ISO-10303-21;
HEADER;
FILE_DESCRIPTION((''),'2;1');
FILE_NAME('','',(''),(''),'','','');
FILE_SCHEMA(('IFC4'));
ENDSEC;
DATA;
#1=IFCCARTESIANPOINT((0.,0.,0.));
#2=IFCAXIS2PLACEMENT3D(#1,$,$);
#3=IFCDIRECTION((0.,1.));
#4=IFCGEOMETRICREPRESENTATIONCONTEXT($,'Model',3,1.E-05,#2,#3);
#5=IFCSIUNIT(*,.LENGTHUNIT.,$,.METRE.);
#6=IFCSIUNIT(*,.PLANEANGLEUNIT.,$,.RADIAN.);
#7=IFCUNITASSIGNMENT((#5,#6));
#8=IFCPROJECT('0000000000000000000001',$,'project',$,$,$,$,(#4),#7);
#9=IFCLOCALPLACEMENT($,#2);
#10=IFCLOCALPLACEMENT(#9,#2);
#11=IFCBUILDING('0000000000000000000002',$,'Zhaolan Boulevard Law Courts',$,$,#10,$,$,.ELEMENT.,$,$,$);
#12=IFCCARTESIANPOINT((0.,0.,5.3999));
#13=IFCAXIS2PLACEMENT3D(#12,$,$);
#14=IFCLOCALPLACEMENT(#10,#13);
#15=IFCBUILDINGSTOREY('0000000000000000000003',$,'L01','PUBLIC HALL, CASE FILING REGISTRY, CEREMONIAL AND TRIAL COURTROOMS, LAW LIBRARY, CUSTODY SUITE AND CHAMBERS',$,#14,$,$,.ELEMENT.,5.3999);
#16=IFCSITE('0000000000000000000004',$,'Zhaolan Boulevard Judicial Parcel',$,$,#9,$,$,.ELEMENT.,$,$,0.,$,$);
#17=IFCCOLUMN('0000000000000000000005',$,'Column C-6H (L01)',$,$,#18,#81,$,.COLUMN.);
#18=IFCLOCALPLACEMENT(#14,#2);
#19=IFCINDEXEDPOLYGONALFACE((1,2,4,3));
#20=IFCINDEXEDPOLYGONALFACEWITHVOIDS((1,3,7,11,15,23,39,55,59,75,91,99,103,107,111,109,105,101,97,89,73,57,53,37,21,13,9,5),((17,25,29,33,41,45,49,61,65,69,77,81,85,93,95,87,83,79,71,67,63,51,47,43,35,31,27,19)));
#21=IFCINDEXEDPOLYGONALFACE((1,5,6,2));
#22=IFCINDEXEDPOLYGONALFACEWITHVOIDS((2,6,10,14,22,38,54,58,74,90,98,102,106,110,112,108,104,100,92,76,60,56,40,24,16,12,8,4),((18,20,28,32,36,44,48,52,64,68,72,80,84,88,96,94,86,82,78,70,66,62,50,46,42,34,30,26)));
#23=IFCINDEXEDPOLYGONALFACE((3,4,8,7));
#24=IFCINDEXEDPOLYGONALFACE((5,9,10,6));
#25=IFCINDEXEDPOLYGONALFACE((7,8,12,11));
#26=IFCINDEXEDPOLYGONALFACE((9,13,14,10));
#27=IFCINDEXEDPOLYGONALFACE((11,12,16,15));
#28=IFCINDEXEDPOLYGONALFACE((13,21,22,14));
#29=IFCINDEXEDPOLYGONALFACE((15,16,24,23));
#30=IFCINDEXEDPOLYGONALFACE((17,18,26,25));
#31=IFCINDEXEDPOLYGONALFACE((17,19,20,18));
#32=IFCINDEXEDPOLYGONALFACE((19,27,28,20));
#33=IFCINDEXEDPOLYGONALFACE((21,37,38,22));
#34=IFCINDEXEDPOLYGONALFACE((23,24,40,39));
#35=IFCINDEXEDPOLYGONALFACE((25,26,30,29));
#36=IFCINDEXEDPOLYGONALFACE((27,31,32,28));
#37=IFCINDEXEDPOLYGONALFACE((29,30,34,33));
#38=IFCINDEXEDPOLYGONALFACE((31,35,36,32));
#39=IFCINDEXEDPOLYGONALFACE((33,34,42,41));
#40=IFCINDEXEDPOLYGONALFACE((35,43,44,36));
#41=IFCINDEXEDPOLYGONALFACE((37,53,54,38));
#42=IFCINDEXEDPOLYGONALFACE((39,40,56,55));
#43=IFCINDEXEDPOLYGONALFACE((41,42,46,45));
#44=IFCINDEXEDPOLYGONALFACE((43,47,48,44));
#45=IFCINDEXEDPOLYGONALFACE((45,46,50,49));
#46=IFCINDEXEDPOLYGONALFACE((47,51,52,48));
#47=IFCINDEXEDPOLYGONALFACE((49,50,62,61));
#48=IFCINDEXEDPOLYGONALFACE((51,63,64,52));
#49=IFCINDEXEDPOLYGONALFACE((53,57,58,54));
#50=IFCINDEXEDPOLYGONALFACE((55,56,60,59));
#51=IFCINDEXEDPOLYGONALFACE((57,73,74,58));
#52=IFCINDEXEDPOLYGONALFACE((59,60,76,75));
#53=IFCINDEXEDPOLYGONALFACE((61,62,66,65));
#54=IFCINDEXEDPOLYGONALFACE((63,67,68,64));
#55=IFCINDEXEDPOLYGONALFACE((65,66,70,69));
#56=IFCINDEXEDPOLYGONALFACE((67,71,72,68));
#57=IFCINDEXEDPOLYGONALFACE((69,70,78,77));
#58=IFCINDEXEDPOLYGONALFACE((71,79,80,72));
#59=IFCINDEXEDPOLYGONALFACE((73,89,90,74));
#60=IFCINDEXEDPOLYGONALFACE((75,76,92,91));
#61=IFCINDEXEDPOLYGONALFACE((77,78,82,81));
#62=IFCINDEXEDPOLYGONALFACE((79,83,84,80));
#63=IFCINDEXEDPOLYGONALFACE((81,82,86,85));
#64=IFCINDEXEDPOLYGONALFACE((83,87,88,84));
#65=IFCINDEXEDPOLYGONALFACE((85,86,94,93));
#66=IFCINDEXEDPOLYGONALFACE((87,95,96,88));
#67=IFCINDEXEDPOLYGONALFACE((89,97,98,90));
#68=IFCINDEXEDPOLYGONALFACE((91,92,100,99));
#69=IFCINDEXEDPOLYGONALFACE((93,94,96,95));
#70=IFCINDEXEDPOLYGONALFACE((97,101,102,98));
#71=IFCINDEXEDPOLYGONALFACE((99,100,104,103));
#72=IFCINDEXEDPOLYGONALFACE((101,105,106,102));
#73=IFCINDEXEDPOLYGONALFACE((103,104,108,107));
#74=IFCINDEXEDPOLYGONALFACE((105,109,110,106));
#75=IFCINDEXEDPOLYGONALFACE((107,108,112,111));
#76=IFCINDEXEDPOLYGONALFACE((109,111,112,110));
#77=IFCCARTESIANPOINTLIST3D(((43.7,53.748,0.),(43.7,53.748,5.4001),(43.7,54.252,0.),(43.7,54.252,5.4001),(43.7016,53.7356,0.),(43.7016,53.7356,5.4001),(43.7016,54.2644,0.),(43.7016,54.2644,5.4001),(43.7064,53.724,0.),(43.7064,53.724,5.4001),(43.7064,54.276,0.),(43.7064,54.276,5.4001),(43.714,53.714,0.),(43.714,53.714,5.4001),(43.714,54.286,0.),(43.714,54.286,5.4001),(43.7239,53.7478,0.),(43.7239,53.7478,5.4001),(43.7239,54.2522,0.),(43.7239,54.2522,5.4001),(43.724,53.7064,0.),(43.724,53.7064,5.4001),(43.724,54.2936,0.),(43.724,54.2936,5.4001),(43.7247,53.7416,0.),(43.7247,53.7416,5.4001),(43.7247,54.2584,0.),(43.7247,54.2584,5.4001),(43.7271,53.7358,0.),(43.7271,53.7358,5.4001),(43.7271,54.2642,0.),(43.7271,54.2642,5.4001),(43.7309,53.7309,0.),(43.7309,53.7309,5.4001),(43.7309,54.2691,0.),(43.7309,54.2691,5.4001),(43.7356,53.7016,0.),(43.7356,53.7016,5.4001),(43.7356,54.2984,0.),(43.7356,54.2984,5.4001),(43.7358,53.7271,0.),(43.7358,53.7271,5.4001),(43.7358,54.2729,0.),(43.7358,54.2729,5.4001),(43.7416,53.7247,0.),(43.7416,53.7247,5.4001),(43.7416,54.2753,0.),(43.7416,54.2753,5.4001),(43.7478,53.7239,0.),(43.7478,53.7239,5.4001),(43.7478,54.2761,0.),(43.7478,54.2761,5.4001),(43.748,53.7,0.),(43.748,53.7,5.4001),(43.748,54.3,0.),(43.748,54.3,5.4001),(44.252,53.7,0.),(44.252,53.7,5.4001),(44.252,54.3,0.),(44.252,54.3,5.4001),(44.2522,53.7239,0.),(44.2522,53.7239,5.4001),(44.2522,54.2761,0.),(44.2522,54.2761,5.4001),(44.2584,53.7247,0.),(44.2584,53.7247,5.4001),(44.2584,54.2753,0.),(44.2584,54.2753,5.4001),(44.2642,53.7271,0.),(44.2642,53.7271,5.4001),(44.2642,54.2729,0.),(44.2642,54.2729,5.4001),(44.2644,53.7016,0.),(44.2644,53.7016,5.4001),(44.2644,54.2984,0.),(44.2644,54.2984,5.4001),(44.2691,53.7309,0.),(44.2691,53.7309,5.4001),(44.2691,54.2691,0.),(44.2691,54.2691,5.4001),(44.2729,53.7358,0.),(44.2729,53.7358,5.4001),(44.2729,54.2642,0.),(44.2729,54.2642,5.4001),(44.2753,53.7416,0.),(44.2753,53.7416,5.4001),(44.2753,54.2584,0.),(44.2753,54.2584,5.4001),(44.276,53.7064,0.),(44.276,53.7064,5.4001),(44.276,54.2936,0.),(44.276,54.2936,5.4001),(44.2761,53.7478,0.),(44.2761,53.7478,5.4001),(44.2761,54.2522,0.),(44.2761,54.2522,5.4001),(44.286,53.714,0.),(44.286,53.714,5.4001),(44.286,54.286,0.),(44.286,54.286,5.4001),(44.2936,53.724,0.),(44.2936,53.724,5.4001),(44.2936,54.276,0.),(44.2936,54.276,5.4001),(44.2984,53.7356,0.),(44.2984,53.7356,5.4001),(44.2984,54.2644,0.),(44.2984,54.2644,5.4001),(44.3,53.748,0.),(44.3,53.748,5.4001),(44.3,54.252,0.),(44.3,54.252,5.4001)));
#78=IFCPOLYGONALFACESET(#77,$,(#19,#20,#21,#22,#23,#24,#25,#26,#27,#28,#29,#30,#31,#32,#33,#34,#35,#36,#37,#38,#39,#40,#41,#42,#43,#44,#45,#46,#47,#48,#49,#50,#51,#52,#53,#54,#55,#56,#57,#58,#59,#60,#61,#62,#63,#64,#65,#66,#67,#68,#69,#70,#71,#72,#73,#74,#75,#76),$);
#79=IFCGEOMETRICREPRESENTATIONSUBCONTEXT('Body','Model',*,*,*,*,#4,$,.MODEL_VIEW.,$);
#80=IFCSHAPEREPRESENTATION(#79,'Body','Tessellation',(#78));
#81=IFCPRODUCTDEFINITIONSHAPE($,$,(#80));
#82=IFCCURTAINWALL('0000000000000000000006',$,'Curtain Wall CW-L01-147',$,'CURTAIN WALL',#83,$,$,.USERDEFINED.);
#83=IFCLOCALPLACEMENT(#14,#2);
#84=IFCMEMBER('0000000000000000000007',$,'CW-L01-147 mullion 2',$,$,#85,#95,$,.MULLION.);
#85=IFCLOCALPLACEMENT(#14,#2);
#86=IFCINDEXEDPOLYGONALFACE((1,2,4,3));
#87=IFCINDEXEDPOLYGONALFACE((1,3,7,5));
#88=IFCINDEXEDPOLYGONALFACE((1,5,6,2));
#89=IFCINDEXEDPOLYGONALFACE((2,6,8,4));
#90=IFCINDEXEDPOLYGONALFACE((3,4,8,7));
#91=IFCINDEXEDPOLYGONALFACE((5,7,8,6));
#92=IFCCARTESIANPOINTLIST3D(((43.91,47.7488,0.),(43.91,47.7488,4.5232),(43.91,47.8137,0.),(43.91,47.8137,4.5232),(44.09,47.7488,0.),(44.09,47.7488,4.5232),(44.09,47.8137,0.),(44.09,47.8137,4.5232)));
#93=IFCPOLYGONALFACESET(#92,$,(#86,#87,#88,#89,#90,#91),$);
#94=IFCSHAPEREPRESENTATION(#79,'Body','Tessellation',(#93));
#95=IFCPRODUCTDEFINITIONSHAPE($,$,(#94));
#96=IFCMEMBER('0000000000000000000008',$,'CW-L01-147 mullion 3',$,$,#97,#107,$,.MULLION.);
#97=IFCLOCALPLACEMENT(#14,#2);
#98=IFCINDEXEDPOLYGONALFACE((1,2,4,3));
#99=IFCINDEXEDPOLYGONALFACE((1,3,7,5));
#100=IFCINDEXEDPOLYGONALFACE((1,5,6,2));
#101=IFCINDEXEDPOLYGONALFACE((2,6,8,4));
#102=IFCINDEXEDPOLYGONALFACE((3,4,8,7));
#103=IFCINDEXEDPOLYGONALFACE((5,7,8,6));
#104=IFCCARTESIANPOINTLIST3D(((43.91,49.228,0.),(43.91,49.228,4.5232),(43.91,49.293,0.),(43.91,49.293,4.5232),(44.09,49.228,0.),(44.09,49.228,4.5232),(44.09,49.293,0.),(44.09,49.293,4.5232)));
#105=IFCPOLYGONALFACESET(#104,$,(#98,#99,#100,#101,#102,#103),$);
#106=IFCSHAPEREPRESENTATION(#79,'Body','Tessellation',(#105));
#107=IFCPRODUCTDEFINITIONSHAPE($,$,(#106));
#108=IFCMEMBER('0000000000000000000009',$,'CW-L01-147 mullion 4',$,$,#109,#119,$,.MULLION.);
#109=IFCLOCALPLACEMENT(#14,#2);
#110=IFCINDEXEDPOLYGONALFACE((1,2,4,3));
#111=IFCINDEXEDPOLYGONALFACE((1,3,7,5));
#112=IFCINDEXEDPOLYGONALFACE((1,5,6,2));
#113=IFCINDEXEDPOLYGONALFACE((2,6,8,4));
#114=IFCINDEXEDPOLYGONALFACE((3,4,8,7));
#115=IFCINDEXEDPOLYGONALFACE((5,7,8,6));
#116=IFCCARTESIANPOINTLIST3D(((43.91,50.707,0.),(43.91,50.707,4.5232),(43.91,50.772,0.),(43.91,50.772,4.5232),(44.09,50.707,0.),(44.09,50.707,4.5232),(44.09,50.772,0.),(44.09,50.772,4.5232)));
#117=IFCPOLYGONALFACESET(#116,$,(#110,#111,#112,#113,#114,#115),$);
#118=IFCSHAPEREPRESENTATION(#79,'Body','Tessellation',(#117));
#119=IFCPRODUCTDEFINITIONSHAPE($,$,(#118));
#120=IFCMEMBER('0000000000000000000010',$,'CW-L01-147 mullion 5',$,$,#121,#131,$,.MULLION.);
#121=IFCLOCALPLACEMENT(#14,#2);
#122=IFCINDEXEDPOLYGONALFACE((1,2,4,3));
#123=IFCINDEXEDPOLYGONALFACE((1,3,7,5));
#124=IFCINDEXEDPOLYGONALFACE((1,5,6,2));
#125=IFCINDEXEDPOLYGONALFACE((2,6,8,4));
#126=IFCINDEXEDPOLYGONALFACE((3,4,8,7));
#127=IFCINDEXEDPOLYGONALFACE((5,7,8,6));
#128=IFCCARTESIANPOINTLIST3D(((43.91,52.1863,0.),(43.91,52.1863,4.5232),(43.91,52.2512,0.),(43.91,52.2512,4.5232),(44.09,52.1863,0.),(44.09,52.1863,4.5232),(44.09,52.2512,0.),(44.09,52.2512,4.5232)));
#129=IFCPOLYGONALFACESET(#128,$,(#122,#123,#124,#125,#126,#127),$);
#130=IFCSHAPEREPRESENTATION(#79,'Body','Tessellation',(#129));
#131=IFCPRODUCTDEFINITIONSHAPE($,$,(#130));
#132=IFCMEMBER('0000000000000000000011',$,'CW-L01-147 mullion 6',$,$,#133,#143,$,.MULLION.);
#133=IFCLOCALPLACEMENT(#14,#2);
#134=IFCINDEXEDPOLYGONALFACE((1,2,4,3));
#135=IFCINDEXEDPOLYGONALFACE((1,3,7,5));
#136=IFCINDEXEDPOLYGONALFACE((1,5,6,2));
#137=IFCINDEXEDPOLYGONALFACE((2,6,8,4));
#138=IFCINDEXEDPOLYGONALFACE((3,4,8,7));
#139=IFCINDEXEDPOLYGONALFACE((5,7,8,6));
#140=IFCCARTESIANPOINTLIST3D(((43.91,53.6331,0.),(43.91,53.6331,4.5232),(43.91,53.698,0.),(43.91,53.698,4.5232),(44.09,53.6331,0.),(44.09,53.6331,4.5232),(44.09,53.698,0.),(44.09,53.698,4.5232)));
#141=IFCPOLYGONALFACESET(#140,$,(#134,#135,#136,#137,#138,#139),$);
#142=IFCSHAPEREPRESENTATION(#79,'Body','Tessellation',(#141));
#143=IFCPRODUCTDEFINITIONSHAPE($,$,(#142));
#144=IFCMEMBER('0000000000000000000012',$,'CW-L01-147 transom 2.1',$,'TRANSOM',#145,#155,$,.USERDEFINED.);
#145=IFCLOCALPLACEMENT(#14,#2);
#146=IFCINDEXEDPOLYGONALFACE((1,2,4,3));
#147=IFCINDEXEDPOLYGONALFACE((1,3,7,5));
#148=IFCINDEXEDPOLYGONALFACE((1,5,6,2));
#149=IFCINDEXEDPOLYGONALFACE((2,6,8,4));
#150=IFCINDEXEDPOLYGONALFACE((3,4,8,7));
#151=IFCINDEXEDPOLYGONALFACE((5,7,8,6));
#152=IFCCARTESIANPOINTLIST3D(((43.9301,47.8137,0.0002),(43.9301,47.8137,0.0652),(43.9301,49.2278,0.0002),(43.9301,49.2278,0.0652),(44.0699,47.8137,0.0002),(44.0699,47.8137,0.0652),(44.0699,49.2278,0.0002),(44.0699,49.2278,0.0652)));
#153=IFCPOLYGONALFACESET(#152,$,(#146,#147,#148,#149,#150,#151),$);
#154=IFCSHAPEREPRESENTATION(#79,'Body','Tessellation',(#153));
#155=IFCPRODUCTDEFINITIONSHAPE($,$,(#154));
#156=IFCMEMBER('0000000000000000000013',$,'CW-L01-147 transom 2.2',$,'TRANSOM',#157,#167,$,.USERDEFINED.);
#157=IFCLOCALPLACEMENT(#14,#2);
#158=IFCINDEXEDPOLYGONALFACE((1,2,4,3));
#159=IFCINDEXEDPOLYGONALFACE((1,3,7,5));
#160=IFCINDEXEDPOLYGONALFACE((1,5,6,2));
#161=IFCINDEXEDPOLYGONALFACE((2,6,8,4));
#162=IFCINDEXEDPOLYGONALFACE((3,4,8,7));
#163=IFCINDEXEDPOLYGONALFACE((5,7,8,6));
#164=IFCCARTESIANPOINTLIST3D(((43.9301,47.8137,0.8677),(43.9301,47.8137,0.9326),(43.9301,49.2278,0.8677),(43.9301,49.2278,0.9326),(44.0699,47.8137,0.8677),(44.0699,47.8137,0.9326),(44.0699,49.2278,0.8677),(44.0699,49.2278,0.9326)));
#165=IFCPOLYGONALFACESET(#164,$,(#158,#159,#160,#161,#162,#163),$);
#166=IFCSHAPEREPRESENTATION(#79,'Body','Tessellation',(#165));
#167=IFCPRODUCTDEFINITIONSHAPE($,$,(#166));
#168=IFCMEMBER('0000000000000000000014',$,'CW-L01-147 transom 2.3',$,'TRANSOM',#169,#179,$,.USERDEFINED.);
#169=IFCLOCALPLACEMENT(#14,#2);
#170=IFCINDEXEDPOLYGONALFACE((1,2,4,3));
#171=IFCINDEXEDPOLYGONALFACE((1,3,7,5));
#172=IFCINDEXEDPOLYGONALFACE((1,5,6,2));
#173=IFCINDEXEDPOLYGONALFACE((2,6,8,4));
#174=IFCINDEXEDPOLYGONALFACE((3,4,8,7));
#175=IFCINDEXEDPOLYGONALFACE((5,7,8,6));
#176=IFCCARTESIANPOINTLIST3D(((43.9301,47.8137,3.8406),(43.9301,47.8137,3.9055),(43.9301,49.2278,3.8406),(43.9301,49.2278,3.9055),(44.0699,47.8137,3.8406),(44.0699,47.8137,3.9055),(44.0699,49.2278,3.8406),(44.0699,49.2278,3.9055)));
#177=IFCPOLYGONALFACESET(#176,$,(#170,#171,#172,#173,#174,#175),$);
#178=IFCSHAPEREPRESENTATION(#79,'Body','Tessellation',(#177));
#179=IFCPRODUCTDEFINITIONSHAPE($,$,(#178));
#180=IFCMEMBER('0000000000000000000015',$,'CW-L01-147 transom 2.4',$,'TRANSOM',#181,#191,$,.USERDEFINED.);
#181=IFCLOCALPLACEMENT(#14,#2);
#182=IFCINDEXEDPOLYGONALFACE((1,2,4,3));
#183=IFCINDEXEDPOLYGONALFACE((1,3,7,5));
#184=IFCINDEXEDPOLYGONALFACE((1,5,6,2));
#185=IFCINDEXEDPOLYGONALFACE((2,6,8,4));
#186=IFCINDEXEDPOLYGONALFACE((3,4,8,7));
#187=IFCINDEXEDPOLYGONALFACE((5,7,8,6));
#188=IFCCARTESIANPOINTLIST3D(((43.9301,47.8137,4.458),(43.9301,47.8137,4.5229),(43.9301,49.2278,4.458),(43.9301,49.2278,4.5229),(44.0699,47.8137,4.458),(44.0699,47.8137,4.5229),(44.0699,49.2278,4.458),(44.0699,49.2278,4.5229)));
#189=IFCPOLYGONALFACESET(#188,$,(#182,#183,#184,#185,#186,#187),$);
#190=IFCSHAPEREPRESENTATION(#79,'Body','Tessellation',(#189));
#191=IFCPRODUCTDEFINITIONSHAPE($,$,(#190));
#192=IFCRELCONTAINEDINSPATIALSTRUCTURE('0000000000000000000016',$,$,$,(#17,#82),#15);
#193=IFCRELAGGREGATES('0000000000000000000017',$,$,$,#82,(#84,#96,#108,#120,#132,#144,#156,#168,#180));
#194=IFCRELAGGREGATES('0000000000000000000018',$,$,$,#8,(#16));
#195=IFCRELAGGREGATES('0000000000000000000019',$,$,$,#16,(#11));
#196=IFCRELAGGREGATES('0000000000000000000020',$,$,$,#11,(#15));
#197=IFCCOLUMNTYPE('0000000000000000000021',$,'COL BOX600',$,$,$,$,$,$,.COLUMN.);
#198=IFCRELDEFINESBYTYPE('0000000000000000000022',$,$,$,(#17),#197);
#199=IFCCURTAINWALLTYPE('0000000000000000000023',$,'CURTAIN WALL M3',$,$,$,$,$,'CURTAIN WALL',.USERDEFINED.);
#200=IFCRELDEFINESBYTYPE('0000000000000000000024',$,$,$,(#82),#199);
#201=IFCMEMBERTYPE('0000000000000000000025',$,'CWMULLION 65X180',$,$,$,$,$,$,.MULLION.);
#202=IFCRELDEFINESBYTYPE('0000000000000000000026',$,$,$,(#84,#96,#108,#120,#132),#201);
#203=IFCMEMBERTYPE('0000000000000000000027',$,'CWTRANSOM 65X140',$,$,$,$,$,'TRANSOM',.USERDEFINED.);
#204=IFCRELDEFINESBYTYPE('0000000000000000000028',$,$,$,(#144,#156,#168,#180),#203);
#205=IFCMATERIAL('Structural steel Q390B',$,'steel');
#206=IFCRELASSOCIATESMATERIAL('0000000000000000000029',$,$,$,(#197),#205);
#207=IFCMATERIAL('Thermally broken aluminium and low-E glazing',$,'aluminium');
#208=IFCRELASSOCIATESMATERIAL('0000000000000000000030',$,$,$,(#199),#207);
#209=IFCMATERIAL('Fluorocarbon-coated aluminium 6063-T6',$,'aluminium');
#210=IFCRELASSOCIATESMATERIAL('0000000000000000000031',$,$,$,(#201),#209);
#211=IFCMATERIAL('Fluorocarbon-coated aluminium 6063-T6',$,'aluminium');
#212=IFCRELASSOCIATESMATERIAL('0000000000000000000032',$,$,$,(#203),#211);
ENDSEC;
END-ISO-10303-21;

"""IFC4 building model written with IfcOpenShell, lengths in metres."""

from ifc_helpers import new_model, si_unit, direction, frame, origin, origin_2d, place, context, subcontext, project, spatial, rectangle, hollow_rectangle, extrude, material, material_profile, profile_set, type_object, element, aggregate, save


model = new_model("IFC4")

# Units and contexts
model_context = context("Model", 3, precision=1e-05, world=origin(), true_north=direction((0.0, 1.0)))
body_context = subcontext(model_context, "Body", "Model", "MODEL_VIEW")
ifc_project = project(units=[si_unit("LENGTHUNIT", "METRE"), si_unit("PLANEANGLEUNIT", "RADIAN")], contexts=[model_context])

# Site, building, storey
site_placement = place(None, origin())
site = spatial("IfcSite", under=ifc_project, at=site_placement, Name="Zhaolan Boulevard Judicial Parcel", CompositionType="ELEMENT", RefElevation=0.0)
building_placement = place(site_placement, origin())
building = spatial("IfcBuilding", under=site, at=building_placement, Name="Zhaolan Boulevard Law Courts", CompositionType="ELEMENT")
storey_placement = place(building_placement, frame((0.0, 0.0, 5.3999)))
storey = spatial("IfcBuildingStorey", under=building, at=storey_placement, Name="L01", Description="PUBLIC HALL, CASE FILING REGISTRY, CEREMONIAL AND TRIAL COURTROOMS, LAW LIBRARY, CUSTODY SUITE AND CHAMBERS", CompositionType="ELEMENT", Elevation=5.3999)

# Column
ifc_material_1 = material(Name="Structural steel Q390B", Category="steel")
ifc_material_profile_1 = material_profile(ifc_material_1, hollow_rectangle(XDim=0.6001, YDim=0.6001, WallThickness=0.0239, InnerFilletRadius=0.0239, OuterFilletRadius=0.0481, at=origin_2d()), Name="BOX600x600x24")
ifc_profile_set_1 = profile_set([ifc_material_profile_1], Name="Structural steel Q390B")
column_type = type_object("IfcColumnType", Name="COL BOX600", PredefinedType="COLUMN", material=ifc_profile_set_1)
column_placement = place(storey_placement, frame((44.0, 54.0, 0.0), z_axis=(0.0, 0.0, 1.0), x_axis=(1.0, 0.0, 0.0)))
element("IfcColumn", 1, at=column_placement, inside=storey, type_object=column_type, Name="Column C-6H (L01)", PredefinedType="COLUMN", context=body_context, shape_type="SweptSolid", body=[
    extrude(hollow_rectangle(XDim=0.6001, YDim=0.6001, WallThickness=0.0239, InnerFilletRadius=0.0239, OuterFilletRadius=0.0481, at=origin_2d()), origin(), (0.0, 0.0, 1.0), 5.4001),
])

# Curtain wall, members
ifc_material_2 = material(Name="Thermally broken aluminium and low-E glazing", Category="aluminium")
curtain_wall_type = type_object("IfcCurtainWallType", Name="CURTAIN WALL M3", ElementType="CURTAIN WALL", PredefinedType="USERDEFINED", material=ifc_material_2)
curtain_wall_placement = place(storey_placement, origin())
curtain_wall = element("IfcCurtainWall", 2, at=curtain_wall_placement, inside=storey, type_object=curtain_wall_type, Name="Curtain Wall CW-L01-147", ObjectType="CURTAIN WALL", PredefinedType="USERDEFINED")
ifc_material_3 = material(Name="Fluorocarbon-coated aluminium 6063-T6", Category="aluminium")
ifc_material_profile_2 = material_profile(ifc_material_3, rectangle(XDim=0.1799, YDim=0.0649, at=origin_2d()), Name="AL65x180")
ifc_profile_set_2 = profile_set([ifc_material_profile_2], Name="Fluorocarbon-coated aluminium 6063-T6")
member_type_1 = type_object("IfcMemberType", Name="CWMULLION 65X180", PredefinedType="MULLION", material=ifc_profile_set_2)
member_1_placement = place(storey_placement, frame((44.0, 47.7812, 0.0), z_axis=(0.0, 0.0, 1.0), x_axis=(-1.0, 0.0, 0.0)))
member_1 = element("IfcMember", 3, at=member_1_placement, type_object=member_type_1, Name="CW-L01-147 mullion 2", PredefinedType="MULLION", context=body_context, shape_type="SweptSolid", body=[
    extrude(rectangle(XDim=0.1799, YDim=0.0649, at=origin_2d()), origin(), (0.0, 0.0, 1.0), 4.5232),
])
member_2_placement = place(storey_placement, frame((44.0, 49.2605, 0.0), z_axis=(0.0, 0.0, 1.0), x_axis=(-1.0, 0.0, 0.0)))
member_2 = element("IfcMember", 4, at=member_2_placement, type_object=member_type_1, Name="CW-L01-147 mullion 3", PredefinedType="MULLION", context=body_context, shape_type="SweptSolid", body=[
    extrude(rectangle(XDim=0.1799, YDim=0.0649, at=origin_2d()), origin(), (0.0, 0.0, 1.0), 4.5232),
])
member_3_placement = place(storey_placement, frame((44.0, 50.7395, 0.0), z_axis=(0.0, 0.0, 1.0), x_axis=(-1.0, 0.0, 0.0)))
member_3 = element("IfcMember", 5, at=member_3_placement, type_object=member_type_1, Name="CW-L01-147 mullion 4", PredefinedType="MULLION", context=body_context, shape_type="SweptSolid", body=[
    extrude(rectangle(XDim=0.1799, YDim=0.0649, at=origin_2d()), origin(), (0.0, 0.0, 1.0), 4.5232),
])
member_4_placement = place(storey_placement, frame((44.0, 52.2188, 0.0), z_axis=(0.0, 0.0, 1.0), x_axis=(-1.0, 0.0, 0.0)))
member_4 = element("IfcMember", 6, at=member_4_placement, type_object=member_type_1, Name="CW-L01-147 mullion 5", PredefinedType="MULLION", context=body_context, shape_type="SweptSolid", body=[
    extrude(rectangle(XDim=0.1799, YDim=0.0649, at=origin_2d()), origin(), (0.0, 0.0, 1.0), 4.5232),
])
member_5_placement = place(storey_placement, frame((44.0, 53.6655, 0.0), z_axis=(0.0, 0.0, 1.0), x_axis=(-1.0, 0.0, 0.0)))
member_5 = element("IfcMember", 7, at=member_5_placement, type_object=member_type_1, Name="CW-L01-147 mullion 6", PredefinedType="MULLION", context=body_context, shape_type="SweptSolid", body=[
    extrude(rectangle(XDim=0.1799, YDim=0.0649, at=origin_2d()), origin(), (0.0, 0.0, 1.0), 4.5232),
])
ifc_material_4 = material(Name="Fluorocarbon-coated aluminium 6063-T6", Category="aluminium")
ifc_material_profile_3 = material_profile(ifc_material_4, rectangle(XDim=0.1399, YDim=0.0649, at=origin_2d()), Name="AL65x140")
ifc_profile_set_3 = profile_set([ifc_material_profile_3], Name="Fluorocarbon-coated aluminium 6063-T6")
member_type_2 = type_object("IfcMemberType", Name="CWTRANSOM 65X140", ElementType="TRANSOM", PredefinedType="USERDEFINED", material=ifc_profile_set_3)
member_6_placement = place(storey_placement, frame((44.0, 47.8137, 0.0327), z_axis=(0.0, 1.0, 0.0), x_axis=(-1.0, 0.0, 0.0)))
member_6 = element("IfcMember", 8, at=member_6_placement, type_object=member_type_2, Name="CW-L01-147 transom 2.1", ObjectType="TRANSOM", PredefinedType="USERDEFINED", context=body_context, shape_type="SweptSolid", body=[
    extrude(rectangle(XDim=0.1399, YDim=0.0649, at=origin_2d()), origin(), (0.0, 0.0, 1.0), 1.4141),
])
member_7_placement = place(storey_placement, frame((44.0, 47.8137, 0.9001), z_axis=(0.0, 1.0, 0.0), x_axis=(-1.0, 0.0, 0.0)))
member_7 = element("IfcMember", 9, at=member_7_placement, type_object=member_type_2, Name="CW-L01-147 transom 2.2", ObjectType="TRANSOM", PredefinedType="USERDEFINED", context=body_context, shape_type="SweptSolid", body=[
    extrude(rectangle(XDim=0.1399, YDim=0.0649, at=origin_2d()), origin(), (0.0, 0.0, 1.0), 1.4141),
])
member_8_placement = place(storey_placement, frame((44.0, 47.8137, 3.873), z_axis=(0.0, 1.0, 0.0), x_axis=(-1.0, 0.0, 0.0)))
member_8 = element("IfcMember", 10, at=member_8_placement, type_object=member_type_2, Name="CW-L01-147 transom 2.3", ObjectType="TRANSOM", PredefinedType="USERDEFINED", context=body_context, shape_type="SweptSolid", body=[
    extrude(rectangle(XDim=0.1399, YDim=0.0649, at=origin_2d()), origin(), (0.0, 0.0, 1.0), 1.4141),
])
member_9_placement = place(storey_placement, frame((44.0, 47.8137, 4.4905), z_axis=(0.0, 1.0, 0.0), x_axis=(-1.0, 0.0, 0.0)))
member_9 = element("IfcMember", 11, at=member_9_placement, type_object=member_type_2, Name="CW-L01-147 transom 2.4", ObjectType="TRANSOM", PredefinedType="USERDEFINED", context=body_context, shape_type="SweptSolid", body=[
    extrude(rectangle(XDim=0.1399, YDim=0.0649, at=origin_2d()), origin(), (0.0, 0.0, 1.0), 1.4141),
])

aggregate(curtain_wall, [member_1, member_2, member_3, member_4, member_5, member_6, member_7, member_8, member_9])

save(model, "model.ifc")
